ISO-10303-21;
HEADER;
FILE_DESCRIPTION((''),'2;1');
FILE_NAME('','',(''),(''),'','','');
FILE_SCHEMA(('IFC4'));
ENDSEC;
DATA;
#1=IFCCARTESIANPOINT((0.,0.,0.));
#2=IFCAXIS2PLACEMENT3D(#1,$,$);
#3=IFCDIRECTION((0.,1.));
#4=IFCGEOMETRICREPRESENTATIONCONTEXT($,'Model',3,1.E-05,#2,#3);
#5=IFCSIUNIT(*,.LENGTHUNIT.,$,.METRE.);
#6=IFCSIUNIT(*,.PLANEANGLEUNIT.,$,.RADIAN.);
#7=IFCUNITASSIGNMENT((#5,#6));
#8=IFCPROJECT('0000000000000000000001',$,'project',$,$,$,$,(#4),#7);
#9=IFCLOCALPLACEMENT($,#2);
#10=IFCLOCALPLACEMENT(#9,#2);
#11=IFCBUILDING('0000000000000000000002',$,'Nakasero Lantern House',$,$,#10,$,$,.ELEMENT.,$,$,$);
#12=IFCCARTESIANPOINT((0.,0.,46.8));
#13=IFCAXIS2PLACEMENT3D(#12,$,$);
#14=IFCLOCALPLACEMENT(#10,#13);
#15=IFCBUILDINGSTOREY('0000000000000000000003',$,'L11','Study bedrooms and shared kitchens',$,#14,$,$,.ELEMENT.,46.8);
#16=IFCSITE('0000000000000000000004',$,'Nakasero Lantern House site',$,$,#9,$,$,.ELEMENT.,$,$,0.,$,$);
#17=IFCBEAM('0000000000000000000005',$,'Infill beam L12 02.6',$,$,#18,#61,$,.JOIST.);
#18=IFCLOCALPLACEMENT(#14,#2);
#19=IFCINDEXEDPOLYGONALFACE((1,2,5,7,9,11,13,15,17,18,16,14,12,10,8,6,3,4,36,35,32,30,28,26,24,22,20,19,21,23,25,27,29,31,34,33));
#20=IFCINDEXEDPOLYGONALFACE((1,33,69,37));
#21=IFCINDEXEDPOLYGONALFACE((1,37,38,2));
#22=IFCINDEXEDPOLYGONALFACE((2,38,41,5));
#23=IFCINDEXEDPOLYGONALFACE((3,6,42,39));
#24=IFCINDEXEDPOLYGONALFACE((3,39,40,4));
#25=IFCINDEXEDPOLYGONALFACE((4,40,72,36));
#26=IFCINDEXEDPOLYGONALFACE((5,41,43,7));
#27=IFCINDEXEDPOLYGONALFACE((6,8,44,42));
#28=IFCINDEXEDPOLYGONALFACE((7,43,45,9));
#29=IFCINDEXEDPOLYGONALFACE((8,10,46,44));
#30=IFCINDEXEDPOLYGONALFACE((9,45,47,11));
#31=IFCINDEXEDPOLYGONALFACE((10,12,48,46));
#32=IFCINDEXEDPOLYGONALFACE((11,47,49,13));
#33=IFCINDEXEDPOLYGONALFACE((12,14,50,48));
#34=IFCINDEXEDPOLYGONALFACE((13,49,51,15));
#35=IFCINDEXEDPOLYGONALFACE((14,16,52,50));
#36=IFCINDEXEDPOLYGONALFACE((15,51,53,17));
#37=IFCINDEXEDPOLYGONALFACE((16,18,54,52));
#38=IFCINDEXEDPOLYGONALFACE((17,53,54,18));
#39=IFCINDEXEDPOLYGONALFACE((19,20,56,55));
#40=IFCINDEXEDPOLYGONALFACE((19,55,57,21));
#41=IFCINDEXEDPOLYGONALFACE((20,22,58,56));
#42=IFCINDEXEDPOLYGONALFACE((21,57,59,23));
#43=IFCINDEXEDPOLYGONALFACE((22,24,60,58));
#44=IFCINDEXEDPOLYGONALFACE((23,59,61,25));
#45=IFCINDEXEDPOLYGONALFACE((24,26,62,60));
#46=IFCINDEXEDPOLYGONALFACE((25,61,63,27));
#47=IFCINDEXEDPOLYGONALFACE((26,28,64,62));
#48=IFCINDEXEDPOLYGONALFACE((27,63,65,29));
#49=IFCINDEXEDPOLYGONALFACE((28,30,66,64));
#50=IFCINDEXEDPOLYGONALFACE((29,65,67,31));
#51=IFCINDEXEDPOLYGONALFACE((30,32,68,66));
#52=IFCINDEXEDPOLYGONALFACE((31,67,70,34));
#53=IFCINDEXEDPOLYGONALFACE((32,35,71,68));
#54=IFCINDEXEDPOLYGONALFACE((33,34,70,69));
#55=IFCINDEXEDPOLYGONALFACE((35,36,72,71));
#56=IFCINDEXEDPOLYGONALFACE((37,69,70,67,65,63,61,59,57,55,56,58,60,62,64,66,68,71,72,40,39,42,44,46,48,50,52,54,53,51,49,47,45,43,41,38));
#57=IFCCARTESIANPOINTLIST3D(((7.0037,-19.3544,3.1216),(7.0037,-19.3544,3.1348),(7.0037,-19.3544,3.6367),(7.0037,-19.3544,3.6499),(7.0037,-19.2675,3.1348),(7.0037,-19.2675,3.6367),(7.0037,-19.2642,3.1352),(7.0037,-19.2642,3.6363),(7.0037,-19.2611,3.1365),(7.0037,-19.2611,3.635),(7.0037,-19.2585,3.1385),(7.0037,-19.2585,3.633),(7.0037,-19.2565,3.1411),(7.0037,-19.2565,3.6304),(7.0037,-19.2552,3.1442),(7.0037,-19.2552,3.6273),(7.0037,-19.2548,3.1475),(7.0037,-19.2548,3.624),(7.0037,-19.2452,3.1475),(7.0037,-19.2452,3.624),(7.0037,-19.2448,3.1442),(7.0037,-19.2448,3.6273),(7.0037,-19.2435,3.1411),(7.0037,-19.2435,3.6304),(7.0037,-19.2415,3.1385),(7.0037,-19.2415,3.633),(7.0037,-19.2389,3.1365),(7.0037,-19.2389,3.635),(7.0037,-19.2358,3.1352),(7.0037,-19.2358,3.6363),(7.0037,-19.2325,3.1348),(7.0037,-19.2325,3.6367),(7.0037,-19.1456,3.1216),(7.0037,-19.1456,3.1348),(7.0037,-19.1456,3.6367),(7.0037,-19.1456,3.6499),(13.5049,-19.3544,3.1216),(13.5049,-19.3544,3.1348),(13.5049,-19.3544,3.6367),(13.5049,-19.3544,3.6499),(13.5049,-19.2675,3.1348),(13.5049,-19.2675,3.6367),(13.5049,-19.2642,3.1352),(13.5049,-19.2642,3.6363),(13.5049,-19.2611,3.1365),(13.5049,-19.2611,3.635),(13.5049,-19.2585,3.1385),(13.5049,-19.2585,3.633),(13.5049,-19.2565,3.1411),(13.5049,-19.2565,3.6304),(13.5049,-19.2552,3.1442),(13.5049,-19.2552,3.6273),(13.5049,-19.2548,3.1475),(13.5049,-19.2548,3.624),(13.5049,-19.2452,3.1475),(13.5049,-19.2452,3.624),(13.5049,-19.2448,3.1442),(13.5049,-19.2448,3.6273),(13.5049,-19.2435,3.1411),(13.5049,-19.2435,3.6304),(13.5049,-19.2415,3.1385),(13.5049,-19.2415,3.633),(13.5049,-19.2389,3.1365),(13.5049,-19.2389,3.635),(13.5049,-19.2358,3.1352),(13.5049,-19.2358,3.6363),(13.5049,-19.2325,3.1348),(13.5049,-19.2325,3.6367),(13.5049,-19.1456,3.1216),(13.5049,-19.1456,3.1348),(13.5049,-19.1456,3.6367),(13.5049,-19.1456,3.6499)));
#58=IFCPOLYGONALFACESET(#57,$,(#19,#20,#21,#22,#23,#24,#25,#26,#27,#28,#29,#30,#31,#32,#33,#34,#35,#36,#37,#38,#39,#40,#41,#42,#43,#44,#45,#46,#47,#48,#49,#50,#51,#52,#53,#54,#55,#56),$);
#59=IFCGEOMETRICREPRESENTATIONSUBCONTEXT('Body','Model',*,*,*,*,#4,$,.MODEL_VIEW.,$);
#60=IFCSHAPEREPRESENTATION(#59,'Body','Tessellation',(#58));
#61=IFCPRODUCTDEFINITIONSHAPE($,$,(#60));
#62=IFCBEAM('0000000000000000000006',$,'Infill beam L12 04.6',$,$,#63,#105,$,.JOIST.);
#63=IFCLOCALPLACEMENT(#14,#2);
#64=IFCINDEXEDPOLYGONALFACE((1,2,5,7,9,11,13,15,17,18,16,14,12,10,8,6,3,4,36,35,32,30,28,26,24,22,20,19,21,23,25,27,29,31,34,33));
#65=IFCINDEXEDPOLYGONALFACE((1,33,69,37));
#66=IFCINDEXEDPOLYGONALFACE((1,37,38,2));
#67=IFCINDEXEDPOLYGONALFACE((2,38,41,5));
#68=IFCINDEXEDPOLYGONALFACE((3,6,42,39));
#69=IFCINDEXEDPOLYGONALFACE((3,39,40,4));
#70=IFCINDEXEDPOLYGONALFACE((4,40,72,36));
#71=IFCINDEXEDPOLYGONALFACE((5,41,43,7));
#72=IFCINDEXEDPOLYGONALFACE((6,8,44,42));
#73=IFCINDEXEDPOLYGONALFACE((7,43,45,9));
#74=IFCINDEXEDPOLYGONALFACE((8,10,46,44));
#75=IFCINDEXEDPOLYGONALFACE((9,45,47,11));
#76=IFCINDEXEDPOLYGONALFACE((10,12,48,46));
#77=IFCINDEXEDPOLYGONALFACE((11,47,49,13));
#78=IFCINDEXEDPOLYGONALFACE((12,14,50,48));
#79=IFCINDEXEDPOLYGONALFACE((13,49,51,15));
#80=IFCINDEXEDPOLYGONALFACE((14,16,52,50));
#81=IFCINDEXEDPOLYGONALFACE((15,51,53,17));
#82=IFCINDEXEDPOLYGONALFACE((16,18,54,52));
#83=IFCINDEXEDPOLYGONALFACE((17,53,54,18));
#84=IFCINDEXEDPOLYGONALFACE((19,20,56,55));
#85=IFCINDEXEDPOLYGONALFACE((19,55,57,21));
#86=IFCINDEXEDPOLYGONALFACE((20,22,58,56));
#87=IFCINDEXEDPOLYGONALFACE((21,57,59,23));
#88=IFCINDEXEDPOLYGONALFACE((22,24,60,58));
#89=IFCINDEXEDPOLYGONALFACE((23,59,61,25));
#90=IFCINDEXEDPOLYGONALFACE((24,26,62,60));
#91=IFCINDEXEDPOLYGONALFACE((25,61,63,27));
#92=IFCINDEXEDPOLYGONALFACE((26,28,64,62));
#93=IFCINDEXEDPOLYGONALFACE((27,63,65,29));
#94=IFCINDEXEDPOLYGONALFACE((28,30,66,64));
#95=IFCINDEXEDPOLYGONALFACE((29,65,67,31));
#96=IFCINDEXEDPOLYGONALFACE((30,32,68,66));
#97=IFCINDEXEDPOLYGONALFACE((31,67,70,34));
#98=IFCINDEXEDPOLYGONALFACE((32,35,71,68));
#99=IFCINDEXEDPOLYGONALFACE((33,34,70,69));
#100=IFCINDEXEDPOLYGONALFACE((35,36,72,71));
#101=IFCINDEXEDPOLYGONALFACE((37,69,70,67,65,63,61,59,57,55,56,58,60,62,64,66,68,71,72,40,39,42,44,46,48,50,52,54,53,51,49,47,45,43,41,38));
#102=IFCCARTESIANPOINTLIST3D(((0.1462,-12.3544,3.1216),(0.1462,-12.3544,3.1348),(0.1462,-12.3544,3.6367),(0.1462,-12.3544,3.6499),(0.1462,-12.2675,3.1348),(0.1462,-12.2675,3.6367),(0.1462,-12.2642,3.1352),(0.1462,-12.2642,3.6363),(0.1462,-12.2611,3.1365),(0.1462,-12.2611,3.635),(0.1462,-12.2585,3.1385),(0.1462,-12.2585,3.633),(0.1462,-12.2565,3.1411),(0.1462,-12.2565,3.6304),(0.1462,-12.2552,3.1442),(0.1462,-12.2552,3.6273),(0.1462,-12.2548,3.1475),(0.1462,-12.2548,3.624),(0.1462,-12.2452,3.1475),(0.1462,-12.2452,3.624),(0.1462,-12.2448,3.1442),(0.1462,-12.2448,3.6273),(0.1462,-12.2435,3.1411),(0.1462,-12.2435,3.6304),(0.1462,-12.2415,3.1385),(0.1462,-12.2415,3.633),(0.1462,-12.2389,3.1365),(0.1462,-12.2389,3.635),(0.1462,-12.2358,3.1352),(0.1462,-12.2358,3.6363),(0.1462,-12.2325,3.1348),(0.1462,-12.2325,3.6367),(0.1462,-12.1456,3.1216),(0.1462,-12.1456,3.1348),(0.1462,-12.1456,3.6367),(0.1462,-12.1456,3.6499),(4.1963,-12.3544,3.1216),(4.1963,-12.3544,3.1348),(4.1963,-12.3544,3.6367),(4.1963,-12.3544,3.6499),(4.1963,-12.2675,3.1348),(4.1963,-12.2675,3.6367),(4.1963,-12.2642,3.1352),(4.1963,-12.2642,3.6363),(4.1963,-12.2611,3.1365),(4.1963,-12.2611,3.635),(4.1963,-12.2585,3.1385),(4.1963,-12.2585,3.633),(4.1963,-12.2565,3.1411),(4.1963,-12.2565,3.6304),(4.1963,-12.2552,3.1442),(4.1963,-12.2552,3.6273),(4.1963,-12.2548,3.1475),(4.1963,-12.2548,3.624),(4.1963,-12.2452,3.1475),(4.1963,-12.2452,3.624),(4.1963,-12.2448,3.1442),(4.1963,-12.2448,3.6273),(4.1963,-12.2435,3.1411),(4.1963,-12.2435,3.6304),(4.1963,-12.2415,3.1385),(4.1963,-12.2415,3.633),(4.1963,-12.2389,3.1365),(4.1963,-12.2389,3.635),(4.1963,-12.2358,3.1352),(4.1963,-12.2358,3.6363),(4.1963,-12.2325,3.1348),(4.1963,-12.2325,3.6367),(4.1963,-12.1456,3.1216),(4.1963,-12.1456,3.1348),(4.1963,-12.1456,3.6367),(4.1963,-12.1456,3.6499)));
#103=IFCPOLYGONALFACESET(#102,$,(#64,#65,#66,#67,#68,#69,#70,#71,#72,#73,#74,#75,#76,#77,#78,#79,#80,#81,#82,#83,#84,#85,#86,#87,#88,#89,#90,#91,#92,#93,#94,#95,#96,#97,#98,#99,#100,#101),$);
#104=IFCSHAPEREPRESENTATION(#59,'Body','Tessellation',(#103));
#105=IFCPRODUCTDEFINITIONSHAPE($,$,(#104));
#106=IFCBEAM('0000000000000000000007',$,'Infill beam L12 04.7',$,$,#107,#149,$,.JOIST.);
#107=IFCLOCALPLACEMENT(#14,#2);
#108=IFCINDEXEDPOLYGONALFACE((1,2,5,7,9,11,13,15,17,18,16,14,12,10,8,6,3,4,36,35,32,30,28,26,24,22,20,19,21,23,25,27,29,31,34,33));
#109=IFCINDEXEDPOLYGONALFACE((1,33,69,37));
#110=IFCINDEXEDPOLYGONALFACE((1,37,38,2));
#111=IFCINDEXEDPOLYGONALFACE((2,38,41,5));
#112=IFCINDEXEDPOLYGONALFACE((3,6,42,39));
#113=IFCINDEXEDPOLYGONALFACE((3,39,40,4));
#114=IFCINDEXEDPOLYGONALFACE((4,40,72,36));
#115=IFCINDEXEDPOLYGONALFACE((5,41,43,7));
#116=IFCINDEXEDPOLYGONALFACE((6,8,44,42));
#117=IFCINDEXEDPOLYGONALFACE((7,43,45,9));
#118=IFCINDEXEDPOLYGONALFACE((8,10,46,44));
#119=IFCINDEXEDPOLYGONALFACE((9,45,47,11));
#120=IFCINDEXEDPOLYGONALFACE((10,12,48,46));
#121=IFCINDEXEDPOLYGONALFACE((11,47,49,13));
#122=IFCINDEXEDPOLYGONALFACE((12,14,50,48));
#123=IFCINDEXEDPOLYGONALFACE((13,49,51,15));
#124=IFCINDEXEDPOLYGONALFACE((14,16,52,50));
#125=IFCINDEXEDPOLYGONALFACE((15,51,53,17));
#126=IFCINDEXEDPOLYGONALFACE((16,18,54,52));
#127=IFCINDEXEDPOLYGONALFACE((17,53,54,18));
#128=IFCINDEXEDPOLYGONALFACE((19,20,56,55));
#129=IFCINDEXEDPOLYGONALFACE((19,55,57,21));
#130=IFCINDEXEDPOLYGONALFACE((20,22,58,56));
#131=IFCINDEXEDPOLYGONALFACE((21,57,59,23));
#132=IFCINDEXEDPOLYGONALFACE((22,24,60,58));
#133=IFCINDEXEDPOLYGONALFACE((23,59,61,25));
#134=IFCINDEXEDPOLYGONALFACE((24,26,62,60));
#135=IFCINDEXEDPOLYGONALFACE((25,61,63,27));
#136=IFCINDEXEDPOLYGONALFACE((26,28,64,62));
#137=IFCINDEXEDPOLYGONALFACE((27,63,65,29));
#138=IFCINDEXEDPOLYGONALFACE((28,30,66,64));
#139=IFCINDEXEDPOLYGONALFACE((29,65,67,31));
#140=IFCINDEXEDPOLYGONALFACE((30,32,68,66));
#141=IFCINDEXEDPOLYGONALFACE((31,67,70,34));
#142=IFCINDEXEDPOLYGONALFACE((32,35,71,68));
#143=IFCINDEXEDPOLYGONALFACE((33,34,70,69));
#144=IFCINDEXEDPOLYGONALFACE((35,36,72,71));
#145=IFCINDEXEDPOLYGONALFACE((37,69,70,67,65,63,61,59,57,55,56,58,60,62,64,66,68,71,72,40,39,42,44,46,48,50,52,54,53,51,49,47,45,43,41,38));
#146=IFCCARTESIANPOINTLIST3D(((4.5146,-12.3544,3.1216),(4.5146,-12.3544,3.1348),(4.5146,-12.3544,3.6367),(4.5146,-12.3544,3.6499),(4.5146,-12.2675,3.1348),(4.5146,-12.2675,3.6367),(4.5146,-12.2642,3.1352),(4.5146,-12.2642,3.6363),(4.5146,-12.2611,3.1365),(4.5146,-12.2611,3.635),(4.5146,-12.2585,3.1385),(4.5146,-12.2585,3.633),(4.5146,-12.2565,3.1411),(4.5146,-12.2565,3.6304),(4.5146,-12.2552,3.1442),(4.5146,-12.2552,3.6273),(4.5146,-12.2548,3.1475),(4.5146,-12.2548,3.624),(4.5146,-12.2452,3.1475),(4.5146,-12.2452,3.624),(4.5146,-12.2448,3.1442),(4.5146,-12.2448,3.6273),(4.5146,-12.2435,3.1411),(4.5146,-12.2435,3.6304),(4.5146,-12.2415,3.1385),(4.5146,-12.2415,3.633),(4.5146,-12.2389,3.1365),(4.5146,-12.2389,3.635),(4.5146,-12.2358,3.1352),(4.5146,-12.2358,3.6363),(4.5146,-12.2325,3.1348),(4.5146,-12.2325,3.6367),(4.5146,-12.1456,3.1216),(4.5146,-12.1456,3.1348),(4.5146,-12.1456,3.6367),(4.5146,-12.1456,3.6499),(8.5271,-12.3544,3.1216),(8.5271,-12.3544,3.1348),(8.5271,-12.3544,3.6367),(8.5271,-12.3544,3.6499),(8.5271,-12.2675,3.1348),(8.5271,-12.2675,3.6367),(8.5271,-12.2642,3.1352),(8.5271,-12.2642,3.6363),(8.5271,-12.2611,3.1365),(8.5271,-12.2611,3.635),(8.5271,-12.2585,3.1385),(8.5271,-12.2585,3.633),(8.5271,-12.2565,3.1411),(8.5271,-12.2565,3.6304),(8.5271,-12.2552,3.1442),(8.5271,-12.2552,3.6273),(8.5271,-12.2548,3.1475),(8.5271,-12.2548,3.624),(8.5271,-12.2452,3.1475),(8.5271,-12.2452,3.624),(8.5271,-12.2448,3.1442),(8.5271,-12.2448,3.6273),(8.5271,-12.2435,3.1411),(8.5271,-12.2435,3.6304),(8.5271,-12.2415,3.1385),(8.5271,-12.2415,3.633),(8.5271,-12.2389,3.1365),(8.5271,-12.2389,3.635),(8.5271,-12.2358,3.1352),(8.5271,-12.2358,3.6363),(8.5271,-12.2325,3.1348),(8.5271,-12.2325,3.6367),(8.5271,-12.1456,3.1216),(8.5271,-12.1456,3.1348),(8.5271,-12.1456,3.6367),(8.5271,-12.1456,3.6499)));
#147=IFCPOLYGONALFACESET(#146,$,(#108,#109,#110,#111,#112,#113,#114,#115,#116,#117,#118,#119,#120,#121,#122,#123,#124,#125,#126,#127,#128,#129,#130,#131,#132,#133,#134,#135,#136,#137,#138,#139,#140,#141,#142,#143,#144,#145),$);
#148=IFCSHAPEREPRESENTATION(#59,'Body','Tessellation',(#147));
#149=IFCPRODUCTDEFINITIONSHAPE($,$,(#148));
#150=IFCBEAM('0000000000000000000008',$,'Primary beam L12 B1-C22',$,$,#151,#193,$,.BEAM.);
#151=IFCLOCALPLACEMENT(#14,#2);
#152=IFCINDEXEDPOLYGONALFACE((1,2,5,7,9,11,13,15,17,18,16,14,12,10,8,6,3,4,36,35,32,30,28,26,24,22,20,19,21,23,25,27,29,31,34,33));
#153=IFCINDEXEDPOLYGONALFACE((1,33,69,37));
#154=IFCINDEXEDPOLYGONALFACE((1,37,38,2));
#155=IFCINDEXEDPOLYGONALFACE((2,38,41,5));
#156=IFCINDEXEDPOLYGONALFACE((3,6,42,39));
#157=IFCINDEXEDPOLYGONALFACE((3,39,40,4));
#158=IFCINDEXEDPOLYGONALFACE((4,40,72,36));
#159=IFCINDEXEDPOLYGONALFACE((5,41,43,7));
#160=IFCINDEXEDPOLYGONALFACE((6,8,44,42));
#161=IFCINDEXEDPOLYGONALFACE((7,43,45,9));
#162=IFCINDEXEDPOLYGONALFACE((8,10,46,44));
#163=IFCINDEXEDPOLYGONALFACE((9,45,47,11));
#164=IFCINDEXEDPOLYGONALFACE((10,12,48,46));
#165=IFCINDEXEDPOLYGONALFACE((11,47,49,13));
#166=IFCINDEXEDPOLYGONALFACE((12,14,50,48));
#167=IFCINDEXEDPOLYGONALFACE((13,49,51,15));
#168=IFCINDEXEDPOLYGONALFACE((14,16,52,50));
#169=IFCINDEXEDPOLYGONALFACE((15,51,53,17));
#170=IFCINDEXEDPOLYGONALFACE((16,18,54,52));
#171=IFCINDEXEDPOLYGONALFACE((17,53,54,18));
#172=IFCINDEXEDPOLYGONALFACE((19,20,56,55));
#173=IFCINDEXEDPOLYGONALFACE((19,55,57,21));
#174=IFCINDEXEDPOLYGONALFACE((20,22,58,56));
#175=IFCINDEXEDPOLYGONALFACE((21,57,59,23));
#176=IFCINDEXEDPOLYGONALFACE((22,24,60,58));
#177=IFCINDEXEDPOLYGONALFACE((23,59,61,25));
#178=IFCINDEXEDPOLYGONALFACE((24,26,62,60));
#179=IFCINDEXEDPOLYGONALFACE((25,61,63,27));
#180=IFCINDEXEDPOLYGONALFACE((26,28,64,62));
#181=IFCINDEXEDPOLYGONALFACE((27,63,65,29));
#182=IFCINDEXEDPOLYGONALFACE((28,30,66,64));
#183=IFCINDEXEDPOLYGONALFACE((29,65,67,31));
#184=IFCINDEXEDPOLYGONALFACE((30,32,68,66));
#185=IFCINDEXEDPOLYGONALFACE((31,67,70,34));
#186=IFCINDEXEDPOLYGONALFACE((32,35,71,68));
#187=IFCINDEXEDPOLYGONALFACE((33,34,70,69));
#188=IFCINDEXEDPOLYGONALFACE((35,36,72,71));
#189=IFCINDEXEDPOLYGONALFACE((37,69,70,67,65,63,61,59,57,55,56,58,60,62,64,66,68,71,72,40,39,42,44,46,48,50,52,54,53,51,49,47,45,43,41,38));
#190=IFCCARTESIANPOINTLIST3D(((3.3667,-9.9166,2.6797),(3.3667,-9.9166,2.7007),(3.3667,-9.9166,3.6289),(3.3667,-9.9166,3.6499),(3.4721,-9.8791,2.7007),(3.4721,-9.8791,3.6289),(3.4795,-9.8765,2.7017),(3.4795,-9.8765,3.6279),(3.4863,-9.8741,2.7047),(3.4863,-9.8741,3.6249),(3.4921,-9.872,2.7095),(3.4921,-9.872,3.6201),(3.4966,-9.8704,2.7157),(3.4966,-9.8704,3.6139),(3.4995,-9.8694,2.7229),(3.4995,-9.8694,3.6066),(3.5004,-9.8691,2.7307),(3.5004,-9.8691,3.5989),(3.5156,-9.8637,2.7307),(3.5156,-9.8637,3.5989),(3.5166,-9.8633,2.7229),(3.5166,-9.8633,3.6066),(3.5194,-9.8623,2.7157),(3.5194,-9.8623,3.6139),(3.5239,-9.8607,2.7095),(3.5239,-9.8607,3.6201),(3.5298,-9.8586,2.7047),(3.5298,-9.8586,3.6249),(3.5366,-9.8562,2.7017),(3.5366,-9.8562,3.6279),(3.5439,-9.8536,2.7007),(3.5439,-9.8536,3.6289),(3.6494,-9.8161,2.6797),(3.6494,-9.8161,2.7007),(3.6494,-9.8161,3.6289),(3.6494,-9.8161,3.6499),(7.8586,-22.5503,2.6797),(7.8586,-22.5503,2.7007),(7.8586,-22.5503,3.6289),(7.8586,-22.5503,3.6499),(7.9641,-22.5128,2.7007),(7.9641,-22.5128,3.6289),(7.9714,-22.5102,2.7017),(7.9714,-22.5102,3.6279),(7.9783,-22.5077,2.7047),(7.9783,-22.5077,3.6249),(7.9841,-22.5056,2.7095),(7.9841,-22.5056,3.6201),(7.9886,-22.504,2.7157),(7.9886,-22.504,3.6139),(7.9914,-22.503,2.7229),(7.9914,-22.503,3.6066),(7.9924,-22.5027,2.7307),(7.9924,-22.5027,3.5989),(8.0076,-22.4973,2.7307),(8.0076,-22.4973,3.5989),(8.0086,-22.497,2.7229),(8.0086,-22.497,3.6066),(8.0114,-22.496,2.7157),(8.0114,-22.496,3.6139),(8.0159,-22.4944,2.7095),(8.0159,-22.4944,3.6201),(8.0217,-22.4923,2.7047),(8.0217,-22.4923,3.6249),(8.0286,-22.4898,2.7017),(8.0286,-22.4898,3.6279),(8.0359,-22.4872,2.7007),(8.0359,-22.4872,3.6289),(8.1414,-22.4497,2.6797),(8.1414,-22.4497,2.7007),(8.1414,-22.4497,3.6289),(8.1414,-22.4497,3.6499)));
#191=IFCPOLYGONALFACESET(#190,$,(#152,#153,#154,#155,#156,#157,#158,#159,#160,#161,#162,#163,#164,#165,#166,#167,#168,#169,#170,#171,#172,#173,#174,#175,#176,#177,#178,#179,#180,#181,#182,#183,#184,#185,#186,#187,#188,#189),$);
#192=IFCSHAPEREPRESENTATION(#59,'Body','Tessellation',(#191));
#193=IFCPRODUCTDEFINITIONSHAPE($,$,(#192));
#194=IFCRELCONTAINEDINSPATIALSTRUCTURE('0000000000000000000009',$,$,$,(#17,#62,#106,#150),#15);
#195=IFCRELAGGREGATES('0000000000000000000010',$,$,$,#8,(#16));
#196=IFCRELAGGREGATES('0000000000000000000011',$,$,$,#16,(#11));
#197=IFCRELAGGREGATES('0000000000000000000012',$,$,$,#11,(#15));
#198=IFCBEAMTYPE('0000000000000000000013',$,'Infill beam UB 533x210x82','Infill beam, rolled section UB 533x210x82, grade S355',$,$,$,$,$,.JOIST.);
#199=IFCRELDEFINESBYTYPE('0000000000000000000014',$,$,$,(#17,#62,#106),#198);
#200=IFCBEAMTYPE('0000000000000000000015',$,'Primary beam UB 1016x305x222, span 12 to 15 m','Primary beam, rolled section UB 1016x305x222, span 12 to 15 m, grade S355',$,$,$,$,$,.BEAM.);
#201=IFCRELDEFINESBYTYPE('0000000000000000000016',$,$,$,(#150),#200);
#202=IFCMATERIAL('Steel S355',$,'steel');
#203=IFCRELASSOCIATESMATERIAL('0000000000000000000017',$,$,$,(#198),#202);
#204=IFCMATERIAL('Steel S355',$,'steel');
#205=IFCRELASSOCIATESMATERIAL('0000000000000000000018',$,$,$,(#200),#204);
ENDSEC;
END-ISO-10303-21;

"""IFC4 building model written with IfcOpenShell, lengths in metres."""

from ifc_helpers import new_model, si_unit, direction, frame, origin, origin_2d, place, context, subcontext, project, spatial, i_section, extrude, material, material_profile, profile_set, type_object, element, save


model = new_model("IFC4")

# Units and contexts
model_context = context("Model", 3, precision=1e-05, world=origin(), true_north=direction((0.0, 1.0)))
body_context = subcontext(model_context, "Body", "Model", "MODEL_VIEW")
ifc_project = project(units=[si_unit("LENGTHUNIT", "METRE"), si_unit("PLANEANGLEUNIT", "RADIAN")], contexts=[model_context])

# Site, building, storey
site_placement = place(None, origin())
site = spatial("IfcSite", under=ifc_project, at=site_placement, Name="Nakasero Lantern House site", CompositionType="ELEMENT", RefElevation=0.0)
building_placement = place(site_placement, origin())
building = spatial("IfcBuilding", under=site, at=building_placement, Name="Nakasero Lantern House", CompositionType="ELEMENT")
storey_placement = place(building_placement, frame((0.0, 0.0, 46.8)))
storey = spatial("IfcBuildingStorey", under=building, at=storey_placement, Name="L11", Description="Study bedrooms and shared kitchens", CompositionType="ELEMENT", Elevation=46.8)

# Beams
ifc_material_1 = material(Name="Steel S355", Category="steel")
ifc_material_profile_1 = material_profile(ifc_material_1, i_section(OverallWidth=0.2087, OverallDepth=0.5283, WebThickness=0.0095, FlangeThickness=0.0132, FilletRadius=0.0127, at=origin_2d()), Name="UB 533x210x82")
ifc_profile_set_1 = profile_set([ifc_material_profile_1], Name="Steel S355")
beam_type_1 = type_object("IfcBeamType", Name="Infill beam UB 533x210x82", Description="Infill beam, rolled section UB 533x210x82, grade S355", PredefinedType="JOIST", material=ifc_profile_set_1)
beam_1_placement = place(storey_placement, frame((7.0037, -19.25, 3.3857), z_axis=(1.0, 0.0, 0.0), x_axis=(0.0, 1.0, 0.0)))
element("IfcBeam", 1, at=beam_1_placement, inside=storey, type_object=beam_type_1, Name="Infill beam L12 02.6", PredefinedType="JOIST", context=body_context, shape_type="SweptSolid", body=[
    extrude(i_section(OverallWidth=0.2087, OverallDepth=0.5283, WebThickness=0.0095, FlangeThickness=0.0132, FilletRadius=0.0127, at=origin_2d()), origin(), (0.0, 0.0, 1.0), 6.5012),
])
beam_2_placement = place(storey_placement, frame((0.1462, -12.25, 3.3857), z_axis=(1.0, 0.0, 0.0), x_axis=(0.0, 1.0, 0.0)))
element("IfcBeam", 2, at=beam_2_placement, inside=storey, type_object=beam_type_1, Name="Infill beam L12 04.6", PredefinedType="JOIST", context=body_context, shape_type="SweptSolid", body=[
    extrude(i_section(OverallWidth=0.2087, OverallDepth=0.5283, WebThickness=0.0095, FlangeThickness=0.0132, FilletRadius=0.0127, at=origin_2d()), origin(), (0.0, 0.0, 1.0), 4.05),
])
beam_3_placement = place(storey_placement, frame((4.5146, -12.25, 3.3857), z_axis=(1.0, 0.0, 0.0), x_axis=(0.0, 1.0, 0.0)))
element("IfcBeam", 3, at=beam_3_placement, inside=storey, type_object=beam_type_1, Name="Infill beam L12 04.7", PredefinedType="JOIST", context=body_context, shape_type="SweptSolid", body=[
    extrude(i_section(OverallWidth=0.2087, OverallDepth=0.5283, WebThickness=0.0095, FlangeThickness=0.0132, FilletRadius=0.0127, at=origin_2d()), origin(), (0.0, 0.0, 1.0), 4.0125),
])
ifc_material_2 = material(Name="Steel S355", Category="steel")
ifc_material_profile_2 = material_profile(ifc_material_2, i_section(OverallWidth=0.3, OverallDepth=0.9702, WebThickness=0.0161, FlangeThickness=0.021, FilletRadius=0.03, at=origin_2d()), Name="UB 1016x305x222")
ifc_profile_set_2 = profile_set([ifc_material_profile_2], Name="Steel S355")
beam_type_2 = type_object("IfcBeamType", Name="Primary beam UB 1016x305x222, span 12 to 15 m", Description="Primary beam, rolled section UB 1016x305x222, span 12 to 15 m, grade S355", PredefinedType="BEAM", material=ifc_profile_set_2)
beam_4_placement = place(storey_placement, frame((8.0, -22.5, 3.1648), z_axis=(-0.335011, 0.942214, 0.0), x_axis=(-0.942214, -0.335011, 0.0)))
element("IfcBeam", 4, at=beam_4_placement, inside=storey, type_object=beam_type_2, Name="Primary beam L12 B1-C22", PredefinedType="BEAM", context=body_context, shape_type="SweptSolid", body=[
    extrude(i_section(OverallWidth=0.3, OverallDepth=0.9702, WebThickness=0.0161, FlangeThickness=0.021, FilletRadius=0.03, at=origin_2d()), origin(), (0.0, 0.0, 1.0), 13.4084),
])

save(model, "model.ifc")
